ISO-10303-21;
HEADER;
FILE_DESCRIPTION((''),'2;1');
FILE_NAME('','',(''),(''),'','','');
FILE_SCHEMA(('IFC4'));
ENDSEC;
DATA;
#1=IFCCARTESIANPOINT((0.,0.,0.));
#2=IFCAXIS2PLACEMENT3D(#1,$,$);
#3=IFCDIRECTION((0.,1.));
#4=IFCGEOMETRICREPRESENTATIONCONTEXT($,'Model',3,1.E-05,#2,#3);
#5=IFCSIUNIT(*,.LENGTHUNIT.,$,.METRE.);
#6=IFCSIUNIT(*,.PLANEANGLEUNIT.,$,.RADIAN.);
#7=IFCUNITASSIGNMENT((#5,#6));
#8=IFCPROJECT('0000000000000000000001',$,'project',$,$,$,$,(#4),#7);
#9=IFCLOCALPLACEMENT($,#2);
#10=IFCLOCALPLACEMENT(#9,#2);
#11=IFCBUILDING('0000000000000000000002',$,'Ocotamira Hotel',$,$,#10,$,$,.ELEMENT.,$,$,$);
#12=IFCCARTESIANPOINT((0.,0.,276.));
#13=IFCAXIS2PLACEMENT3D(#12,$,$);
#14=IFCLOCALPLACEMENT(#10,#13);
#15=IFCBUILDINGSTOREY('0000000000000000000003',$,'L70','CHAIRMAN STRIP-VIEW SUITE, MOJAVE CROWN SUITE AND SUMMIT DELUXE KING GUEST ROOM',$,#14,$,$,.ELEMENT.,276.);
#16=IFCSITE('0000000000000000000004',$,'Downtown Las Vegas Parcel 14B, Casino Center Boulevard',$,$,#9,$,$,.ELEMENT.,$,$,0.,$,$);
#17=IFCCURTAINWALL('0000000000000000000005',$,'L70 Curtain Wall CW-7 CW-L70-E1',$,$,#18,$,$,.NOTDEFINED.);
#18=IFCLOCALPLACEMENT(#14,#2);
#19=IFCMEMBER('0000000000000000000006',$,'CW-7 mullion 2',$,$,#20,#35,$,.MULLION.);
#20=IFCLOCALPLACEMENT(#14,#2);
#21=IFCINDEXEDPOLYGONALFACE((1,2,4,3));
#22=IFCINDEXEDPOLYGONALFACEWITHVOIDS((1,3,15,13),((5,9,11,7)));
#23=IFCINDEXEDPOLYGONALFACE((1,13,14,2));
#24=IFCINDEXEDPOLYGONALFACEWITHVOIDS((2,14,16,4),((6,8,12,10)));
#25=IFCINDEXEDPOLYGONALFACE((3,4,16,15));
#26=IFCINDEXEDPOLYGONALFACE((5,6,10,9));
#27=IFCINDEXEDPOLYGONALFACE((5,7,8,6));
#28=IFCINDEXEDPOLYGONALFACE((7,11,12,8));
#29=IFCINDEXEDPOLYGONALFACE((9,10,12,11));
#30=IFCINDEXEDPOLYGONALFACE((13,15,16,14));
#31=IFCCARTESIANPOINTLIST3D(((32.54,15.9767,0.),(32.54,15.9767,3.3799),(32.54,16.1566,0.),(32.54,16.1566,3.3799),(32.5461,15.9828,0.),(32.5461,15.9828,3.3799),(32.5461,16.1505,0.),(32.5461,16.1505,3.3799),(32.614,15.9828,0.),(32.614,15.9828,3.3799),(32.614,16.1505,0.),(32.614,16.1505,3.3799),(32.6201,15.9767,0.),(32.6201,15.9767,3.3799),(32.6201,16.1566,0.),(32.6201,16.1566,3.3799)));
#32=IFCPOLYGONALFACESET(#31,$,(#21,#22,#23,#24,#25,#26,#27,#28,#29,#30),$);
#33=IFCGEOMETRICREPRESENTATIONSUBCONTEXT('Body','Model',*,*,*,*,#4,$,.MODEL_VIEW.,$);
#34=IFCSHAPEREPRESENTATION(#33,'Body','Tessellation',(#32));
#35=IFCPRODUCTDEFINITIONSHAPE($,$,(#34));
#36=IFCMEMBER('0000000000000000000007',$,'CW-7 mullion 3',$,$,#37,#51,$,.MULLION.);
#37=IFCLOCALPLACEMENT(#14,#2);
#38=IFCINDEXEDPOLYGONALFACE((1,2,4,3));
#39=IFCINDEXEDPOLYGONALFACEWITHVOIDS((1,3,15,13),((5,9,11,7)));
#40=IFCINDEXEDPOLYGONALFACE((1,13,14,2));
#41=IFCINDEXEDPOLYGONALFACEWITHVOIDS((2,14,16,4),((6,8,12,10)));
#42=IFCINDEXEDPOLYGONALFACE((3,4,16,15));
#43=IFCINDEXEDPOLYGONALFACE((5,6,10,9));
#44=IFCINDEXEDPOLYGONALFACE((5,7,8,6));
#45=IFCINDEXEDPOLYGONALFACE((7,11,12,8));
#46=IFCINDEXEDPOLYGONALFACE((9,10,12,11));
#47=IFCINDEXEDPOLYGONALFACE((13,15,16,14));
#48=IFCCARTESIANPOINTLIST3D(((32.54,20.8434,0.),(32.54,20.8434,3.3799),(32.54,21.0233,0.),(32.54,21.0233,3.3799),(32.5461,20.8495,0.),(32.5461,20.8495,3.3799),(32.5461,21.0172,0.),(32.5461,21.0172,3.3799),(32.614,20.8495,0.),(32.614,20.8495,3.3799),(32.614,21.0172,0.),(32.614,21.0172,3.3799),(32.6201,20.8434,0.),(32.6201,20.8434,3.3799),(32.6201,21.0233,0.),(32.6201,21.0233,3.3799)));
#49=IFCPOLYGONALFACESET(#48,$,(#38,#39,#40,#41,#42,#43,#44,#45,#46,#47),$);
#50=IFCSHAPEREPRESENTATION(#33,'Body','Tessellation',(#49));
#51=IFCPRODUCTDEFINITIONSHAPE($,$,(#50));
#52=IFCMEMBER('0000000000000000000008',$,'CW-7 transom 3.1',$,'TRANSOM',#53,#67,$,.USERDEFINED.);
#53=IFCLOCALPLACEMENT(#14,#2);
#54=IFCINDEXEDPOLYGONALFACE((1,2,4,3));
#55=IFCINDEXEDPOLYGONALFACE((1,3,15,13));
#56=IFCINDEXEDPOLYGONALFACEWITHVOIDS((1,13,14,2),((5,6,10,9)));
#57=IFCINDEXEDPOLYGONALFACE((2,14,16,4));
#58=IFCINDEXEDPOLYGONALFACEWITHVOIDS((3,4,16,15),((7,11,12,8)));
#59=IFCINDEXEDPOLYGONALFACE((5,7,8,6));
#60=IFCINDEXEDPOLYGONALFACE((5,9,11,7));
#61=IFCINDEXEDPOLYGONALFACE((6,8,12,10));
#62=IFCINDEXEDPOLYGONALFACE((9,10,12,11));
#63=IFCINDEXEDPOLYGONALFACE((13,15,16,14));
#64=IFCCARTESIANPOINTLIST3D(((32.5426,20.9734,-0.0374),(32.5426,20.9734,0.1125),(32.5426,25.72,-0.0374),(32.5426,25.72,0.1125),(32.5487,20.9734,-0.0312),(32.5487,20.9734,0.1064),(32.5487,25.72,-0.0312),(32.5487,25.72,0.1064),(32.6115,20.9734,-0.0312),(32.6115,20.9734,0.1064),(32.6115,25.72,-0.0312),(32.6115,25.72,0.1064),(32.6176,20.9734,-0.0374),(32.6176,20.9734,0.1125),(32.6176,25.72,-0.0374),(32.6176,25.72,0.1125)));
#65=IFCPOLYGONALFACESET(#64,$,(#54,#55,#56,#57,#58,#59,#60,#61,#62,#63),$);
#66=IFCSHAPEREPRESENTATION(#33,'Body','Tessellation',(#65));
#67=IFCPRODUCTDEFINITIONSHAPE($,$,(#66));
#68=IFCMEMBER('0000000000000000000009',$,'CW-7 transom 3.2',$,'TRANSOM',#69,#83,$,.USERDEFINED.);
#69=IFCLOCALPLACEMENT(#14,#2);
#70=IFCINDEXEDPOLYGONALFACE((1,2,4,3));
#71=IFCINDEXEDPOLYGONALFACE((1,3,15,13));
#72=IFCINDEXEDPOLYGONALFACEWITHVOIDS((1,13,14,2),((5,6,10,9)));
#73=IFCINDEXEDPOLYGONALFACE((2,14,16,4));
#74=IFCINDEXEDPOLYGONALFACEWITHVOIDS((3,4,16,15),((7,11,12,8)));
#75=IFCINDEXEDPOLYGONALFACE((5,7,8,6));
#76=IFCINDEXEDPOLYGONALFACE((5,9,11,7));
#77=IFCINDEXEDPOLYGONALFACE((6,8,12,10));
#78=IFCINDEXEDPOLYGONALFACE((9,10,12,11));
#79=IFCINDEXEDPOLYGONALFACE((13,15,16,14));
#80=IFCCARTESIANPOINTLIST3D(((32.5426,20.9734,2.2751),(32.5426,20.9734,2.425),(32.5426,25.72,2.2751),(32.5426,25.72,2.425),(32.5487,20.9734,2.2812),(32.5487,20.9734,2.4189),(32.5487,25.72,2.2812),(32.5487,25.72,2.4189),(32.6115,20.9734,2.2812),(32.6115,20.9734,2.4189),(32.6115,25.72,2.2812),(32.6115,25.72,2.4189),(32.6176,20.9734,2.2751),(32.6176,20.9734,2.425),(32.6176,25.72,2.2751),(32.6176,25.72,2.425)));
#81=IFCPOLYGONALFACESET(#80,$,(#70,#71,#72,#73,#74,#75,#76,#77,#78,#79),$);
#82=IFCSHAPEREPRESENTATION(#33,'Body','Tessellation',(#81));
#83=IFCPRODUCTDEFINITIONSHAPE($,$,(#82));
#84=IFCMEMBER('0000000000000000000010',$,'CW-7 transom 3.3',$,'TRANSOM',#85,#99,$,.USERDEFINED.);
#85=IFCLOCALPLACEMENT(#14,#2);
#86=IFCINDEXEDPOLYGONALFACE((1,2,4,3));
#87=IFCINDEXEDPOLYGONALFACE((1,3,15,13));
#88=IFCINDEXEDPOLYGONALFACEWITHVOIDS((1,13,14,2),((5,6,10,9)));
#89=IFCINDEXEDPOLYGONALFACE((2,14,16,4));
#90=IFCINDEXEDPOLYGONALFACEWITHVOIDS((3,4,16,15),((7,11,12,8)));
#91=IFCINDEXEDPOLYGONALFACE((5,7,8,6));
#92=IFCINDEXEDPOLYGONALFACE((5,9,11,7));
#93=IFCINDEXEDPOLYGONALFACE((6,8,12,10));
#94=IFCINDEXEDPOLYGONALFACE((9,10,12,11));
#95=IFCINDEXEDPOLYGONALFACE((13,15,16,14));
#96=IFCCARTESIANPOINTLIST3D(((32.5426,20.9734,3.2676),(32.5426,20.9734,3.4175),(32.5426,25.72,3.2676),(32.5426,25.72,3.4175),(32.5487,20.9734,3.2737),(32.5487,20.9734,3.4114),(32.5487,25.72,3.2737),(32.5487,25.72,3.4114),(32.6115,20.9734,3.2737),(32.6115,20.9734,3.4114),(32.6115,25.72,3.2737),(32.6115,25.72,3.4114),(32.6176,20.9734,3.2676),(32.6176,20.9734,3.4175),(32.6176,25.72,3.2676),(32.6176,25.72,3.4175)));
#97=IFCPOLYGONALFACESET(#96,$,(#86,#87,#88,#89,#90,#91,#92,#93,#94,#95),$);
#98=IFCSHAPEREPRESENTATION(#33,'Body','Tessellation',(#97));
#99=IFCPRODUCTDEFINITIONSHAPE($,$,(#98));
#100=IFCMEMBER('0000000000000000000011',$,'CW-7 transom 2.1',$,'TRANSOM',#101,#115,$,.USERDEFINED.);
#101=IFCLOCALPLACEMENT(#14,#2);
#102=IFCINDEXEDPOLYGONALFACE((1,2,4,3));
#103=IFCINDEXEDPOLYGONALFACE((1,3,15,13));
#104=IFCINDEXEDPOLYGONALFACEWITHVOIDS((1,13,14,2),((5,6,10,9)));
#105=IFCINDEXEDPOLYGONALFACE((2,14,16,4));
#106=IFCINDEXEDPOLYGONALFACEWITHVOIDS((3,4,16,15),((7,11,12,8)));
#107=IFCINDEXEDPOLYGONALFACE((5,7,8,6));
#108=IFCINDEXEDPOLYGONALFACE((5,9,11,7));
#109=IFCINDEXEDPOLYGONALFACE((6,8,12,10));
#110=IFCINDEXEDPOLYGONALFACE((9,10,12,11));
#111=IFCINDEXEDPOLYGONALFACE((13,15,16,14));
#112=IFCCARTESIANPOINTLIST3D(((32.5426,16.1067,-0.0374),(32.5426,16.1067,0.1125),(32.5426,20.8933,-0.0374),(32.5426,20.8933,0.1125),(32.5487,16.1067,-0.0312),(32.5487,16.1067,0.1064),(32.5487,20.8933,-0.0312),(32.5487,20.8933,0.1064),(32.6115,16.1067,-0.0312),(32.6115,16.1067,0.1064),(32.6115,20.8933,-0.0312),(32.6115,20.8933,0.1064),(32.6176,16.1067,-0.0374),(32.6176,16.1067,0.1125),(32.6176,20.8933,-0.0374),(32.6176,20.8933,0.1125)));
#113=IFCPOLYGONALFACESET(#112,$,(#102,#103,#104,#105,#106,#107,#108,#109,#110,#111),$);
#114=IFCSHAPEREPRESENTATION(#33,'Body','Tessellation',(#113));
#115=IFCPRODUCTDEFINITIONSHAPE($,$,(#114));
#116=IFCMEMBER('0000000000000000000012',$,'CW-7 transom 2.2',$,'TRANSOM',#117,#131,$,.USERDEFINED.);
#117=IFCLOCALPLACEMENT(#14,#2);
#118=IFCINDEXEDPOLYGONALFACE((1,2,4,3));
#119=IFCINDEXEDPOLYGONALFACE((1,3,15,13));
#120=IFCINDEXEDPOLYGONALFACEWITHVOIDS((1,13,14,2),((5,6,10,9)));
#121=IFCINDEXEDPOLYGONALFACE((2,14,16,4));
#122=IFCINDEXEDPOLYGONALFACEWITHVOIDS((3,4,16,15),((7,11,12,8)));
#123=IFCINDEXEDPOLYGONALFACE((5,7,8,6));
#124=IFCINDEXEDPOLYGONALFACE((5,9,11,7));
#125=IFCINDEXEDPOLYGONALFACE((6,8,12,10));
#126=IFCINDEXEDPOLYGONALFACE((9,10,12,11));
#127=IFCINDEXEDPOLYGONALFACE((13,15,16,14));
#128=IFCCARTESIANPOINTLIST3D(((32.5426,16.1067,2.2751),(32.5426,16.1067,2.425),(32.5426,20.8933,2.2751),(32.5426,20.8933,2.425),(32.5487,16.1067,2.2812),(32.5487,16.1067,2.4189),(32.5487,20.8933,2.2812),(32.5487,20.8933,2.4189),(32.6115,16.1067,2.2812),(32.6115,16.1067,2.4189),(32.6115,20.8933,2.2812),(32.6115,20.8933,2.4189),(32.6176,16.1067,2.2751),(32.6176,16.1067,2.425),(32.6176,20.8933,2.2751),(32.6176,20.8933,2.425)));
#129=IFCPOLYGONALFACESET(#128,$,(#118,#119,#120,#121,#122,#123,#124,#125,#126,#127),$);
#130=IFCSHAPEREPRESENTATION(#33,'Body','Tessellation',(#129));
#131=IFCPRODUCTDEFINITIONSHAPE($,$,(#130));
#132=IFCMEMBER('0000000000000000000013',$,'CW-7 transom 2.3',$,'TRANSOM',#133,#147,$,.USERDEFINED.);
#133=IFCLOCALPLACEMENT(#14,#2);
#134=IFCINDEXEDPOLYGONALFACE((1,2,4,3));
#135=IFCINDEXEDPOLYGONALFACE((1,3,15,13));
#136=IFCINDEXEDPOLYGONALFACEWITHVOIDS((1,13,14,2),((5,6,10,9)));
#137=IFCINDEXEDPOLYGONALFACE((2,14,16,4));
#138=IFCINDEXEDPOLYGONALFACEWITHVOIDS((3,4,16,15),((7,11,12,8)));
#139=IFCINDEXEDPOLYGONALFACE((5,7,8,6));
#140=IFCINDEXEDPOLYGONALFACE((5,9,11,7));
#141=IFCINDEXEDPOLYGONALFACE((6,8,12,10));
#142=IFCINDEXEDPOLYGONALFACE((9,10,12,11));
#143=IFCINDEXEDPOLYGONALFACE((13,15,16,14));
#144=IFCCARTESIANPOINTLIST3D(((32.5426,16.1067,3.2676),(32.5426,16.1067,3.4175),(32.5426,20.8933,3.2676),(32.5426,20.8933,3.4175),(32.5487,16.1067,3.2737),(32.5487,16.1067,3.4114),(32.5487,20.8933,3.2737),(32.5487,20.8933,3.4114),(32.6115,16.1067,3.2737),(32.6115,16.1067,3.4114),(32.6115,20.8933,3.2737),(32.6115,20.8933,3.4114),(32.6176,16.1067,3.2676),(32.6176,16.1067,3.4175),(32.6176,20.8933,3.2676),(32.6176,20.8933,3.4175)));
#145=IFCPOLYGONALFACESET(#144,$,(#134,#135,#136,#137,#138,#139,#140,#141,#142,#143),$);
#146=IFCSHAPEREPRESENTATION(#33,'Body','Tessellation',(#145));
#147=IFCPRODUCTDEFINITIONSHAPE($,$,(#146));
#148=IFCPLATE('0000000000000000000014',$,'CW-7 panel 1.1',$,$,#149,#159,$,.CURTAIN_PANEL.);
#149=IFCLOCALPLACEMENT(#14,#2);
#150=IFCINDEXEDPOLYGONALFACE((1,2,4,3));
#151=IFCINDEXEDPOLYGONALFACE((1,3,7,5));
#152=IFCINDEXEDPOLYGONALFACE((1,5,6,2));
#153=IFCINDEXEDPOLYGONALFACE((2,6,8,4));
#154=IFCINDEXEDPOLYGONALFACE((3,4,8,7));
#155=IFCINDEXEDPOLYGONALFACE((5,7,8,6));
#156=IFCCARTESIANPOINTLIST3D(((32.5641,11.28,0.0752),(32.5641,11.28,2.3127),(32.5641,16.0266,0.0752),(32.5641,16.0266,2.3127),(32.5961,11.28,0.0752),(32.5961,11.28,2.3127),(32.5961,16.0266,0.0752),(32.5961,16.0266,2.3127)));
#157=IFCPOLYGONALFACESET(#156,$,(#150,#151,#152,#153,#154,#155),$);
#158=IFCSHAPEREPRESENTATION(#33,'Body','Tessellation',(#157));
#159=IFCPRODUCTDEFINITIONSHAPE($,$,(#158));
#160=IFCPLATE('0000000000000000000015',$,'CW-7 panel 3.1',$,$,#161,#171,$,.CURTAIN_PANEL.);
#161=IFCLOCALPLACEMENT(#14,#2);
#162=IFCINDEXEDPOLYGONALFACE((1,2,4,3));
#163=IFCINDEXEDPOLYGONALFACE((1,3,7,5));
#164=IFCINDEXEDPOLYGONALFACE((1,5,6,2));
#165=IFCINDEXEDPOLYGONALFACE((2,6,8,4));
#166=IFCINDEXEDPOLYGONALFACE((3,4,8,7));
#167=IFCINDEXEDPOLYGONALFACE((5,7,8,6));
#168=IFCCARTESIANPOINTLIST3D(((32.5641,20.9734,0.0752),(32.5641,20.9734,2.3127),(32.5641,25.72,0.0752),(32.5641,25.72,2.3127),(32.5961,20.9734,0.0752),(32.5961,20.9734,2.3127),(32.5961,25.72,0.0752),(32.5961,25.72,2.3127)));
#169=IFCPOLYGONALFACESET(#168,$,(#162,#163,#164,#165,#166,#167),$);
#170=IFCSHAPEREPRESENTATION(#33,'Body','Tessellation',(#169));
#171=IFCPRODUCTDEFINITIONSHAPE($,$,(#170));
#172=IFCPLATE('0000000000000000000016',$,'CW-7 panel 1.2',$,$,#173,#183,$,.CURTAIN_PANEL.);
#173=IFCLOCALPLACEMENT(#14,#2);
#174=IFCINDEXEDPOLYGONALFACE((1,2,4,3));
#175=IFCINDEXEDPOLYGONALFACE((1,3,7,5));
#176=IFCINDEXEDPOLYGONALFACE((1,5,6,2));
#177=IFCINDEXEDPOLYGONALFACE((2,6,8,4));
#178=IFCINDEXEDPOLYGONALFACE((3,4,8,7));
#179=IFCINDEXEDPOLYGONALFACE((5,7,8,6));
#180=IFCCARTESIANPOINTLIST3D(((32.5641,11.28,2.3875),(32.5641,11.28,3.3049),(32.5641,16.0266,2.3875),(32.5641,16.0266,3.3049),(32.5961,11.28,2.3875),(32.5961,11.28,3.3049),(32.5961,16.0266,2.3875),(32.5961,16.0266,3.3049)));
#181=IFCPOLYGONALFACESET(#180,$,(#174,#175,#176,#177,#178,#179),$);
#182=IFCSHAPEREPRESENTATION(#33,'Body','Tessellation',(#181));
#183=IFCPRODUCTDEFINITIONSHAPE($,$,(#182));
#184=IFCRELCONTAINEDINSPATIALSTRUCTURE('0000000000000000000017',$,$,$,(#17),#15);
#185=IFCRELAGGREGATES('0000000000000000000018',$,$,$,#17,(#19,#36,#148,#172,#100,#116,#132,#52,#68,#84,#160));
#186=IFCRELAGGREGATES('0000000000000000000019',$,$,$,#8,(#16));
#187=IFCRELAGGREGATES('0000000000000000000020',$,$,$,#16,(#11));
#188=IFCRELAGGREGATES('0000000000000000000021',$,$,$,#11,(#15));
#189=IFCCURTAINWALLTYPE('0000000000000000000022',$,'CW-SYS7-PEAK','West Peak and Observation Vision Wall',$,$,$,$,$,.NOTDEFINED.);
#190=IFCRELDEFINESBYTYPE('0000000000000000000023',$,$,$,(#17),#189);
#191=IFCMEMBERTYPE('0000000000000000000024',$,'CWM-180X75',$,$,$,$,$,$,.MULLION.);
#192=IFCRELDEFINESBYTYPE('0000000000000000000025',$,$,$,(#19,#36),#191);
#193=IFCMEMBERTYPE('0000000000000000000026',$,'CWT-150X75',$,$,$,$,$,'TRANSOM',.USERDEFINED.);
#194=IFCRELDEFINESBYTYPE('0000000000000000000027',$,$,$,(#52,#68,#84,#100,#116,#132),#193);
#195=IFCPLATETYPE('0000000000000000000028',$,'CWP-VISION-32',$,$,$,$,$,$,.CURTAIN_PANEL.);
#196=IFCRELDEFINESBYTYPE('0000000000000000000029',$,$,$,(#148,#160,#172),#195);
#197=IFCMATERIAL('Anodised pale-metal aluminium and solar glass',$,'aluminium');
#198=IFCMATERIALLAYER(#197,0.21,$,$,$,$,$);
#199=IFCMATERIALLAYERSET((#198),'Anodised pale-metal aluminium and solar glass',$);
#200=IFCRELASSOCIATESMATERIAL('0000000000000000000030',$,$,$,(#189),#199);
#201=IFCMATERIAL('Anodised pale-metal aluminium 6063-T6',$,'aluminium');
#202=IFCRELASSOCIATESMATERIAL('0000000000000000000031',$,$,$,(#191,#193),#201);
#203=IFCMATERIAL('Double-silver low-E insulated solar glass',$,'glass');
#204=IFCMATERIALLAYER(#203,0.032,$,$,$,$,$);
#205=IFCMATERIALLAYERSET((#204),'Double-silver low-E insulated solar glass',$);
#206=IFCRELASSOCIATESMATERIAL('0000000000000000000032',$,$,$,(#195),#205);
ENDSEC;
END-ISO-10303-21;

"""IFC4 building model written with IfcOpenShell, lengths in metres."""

from ifc_helpers import new_model, si_unit, direction, frame, origin, origin_2d, place, context, subcontext, project, spatial, rectangle, hollow_rectangle, extrude, source, transform, mapped, material, layer, layer_set, material_profile, profile_set, type_object, element, aggregate, save


model = new_model("IFC4")

# Units and contexts
model_context = context("Model", 3, precision=1e-05, world=origin(), true_north=direction((0.0, 1.0)))
body_context = subcontext(model_context, "Body", "Model", "MODEL_VIEW")
ifc_project = project(units=[si_unit("LENGTHUNIT", "METRE"), si_unit("PLANEANGLEUNIT", "RADIAN")], contexts=[model_context])

# Site, building, storey
site_placement = place(None, origin())
site = spatial("IfcSite", under=ifc_project, at=site_placement, Name="Downtown Las Vegas Parcel 14B, Casino Center Boulevard", CompositionType="ELEMENT", RefElevation=0.0)
building_placement = place(site_placement, origin())
building = spatial("IfcBuilding", under=site, at=building_placement, Name="Ocotamira Hotel", CompositionType="ELEMENT")
storey_placement = place(building_placement, frame((0.0, 0.0, 276.0)))
storey = spatial("IfcBuildingStorey", under=building, at=storey_placement, Name="L70", Description="CHAIRMAN STRIP-VIEW SUITE, MOJAVE CROWN SUITE AND SUMMIT DELUXE KING GUEST ROOM", CompositionType="ELEMENT", Elevation=276.0)

# Curtain wall, members, plates
ifc_material_1 = material(Name="Anodised pale-metal aluminium and solar glass", Category="aluminium")
ifc_layer_1 = layer(ifc_material_1, 0.21)
ifc_layer_set_1 = layer_set([ifc_layer_1], Name="Anodised pale-metal aluminium and solar glass")
curtain_wall_type = type_object("IfcCurtainWallType", Name="CW-SYS7-PEAK", Description="West Peak and Observation Vision Wall", PredefinedType="NOTDEFINED", material=ifc_layer_set_1)
curtain_wall_placement = place(storey_placement, origin())
curtain_wall = element("IfcCurtainWall", 1, at=curtain_wall_placement, inside=storey, type_object=curtain_wall_type, Name="L70 Curtain Wall CW-7 CW-L70-E1", PredefinedType="NOTDEFINED")
ifc_material_2 = material(Name="Anodised pale-metal aluminium 6063-T6", Category="aluminium")
ifc_material_profile_1 = material_profile(ifc_material_2, hollow_rectangle(XDim=0.0801, YDim=0.1799, WallThickness=0.0061, at=origin_2d()), Name="HSS180X80X6")
ifc_profile_set_1 = profile_set([ifc_material_profile_1], Name="Anodised pale-metal aluminium 6063-T6")
member_type_1 = type_object("IfcMemberType", Name="CWM-180X75", PredefinedType="MULLION", material=ifc_profile_set_1)
shared_shape_1 = source(origin(), body_context, "Body", "SweptSolid", [
    extrude(hollow_rectangle(XDim=0.0801, YDim=0.1799, WallThickness=0.0061, at=origin_2d()), origin(), (0.0, 0.0, 1.0), 3.3799),
])
member_1_placement = place(storey_placement, frame((32.5801, 16.0667, 0.0), z_axis=(0.0, 0.0, 1.0), x_axis=(-1.0, 0.0, 0.0)))
member_1 = element("IfcMember", 2, at=member_1_placement, type_object=member_type_1, Name="CW-7 mullion 2", PredefinedType="MULLION", context=body_context, shape_type="MappedRepresentation", body=[
    mapped(shared_shape_1, transform((0.0, 0.0, 0.0), scale=1.0)),
])
member_2_placement = place(storey_placement, frame((32.5801, 20.9333, 0.0), z_axis=(0.0, 0.0, 1.0), x_axis=(-1.0, 0.0, 0.0)))
member_2 = element("IfcMember", 3, at=member_2_placement, type_object=member_type_1, Name="CW-7 mullion 3", PredefinedType="MULLION", context=body_context, shape_type="MappedRepresentation", body=[
    mapped(shared_shape_1, transform((0.0, 0.0, 0.0), scale=1.0)),
])
ifc_material_profile_2 = material_profile(ifc_material_2, hollow_rectangle(XDim=0.075, YDim=0.1499, WallThickness=0.0061, at=origin_2d()), Name="HSS150X75X6")
ifc_profile_set_2 = profile_set([ifc_material_profile_2], Name="Anodised pale-metal aluminium 6063-T6")
member_type_2 = type_object("IfcMemberType", Name="CWT-150X75", ElementType="TRANSOM", PredefinedType="USERDEFINED", material=ifc_profile_set_2)
shared_shape_2 = source(origin(), body_context, "Body", "SweptSolid", [
    extrude(hollow_rectangle(XDim=0.075, YDim=0.1499, WallThickness=0.0061, at=origin_2d()), origin(), (0.0, 0.0, 1.0), 4.7466),
])
member_3_placement = place(storey_placement, frame((32.5801, 20.9734, 0.0376), z_axis=(0.0, 1.0, 0.0), x_axis=(-1.0, 0.0, 0.0)))
member_3 = element("IfcMember", 4, at=member_3_placement, type_object=member_type_2, Name="CW-7 transom 3.1", ObjectType="TRANSOM", PredefinedType="USERDEFINED", context=body_context, shape_type="MappedRepresentation", body=[
    mapped(shared_shape_2, transform((0.0, 0.0, 0.0), scale=1.0)),
])
member_4_placement = place(storey_placement, frame((32.5801, 20.9734, 2.3501), z_axis=(0.0, 1.0, 0.0), x_axis=(-1.0, 0.0, 0.0)))
member_4 = element("IfcMember", 5, at=member_4_placement, type_object=member_type_2, Name="CW-7 transom 3.2", ObjectType="TRANSOM", PredefinedType="USERDEFINED", context=body_context, shape_type="MappedRepresentation", body=[
    mapped(shared_shape_2, transform((0.0, 0.0, 0.0), scale=1.0)),
])
member_5_placement = place(storey_placement, frame((32.5801, 20.9734, 3.3425), z_axis=(0.0, 1.0, 0.0), x_axis=(-1.0, 0.0, 0.0)))
member_5 = element("IfcMember", 6, at=member_5_placement, type_object=member_type_2, Name="CW-7 transom 3.3", ObjectType="TRANSOM", PredefinedType="USERDEFINED", context=body_context, shape_type="MappedRepresentation", body=[
    mapped(shared_shape_2, transform((0.0, 0.0, 0.0), scale=1.0)),
])
shared_shape_3 = source(origin(), body_context, "Body", "SweptSolid", [
    extrude(hollow_rectangle(XDim=0.075, YDim=0.1499, WallThickness=0.0061, at=origin_2d()), origin(), (0.0, 0.0, 1.0), 4.7866),
])
member_6_placement = place(storey_placement, frame((32.5801, 16.1067, 0.0376), z_axis=(0.0, 1.0, 0.0), x_axis=(-1.0, 0.0, 0.0)))
member_6 = element("IfcMember", 7, at=member_6_placement, type_object=member_type_2, Name="CW-7 transom 2.1", ObjectType="TRANSOM", PredefinedType="USERDEFINED", context=body_context, shape_type="MappedRepresentation", body=[
    mapped(shared_shape_3, transform((0.0, 0.0, 0.0), scale=1.0)),
])
member_7_placement = place(storey_placement, frame((32.5801, 16.1067, 2.3501), z_axis=(0.0, 1.0, 0.0), x_axis=(-1.0, 0.0, 0.0)))
member_7 = element("IfcMember", 8, at=member_7_placement, type_object=member_type_2, Name="CW-7 transom 2.2", ObjectType="TRANSOM", PredefinedType="USERDEFINED", context=body_context, shape_type="MappedRepresentation", body=[
    mapped(shared_shape_3, transform((0.0, 0.0, 0.0), scale=1.0)),
])
member_8_placement = place(storey_placement, frame((32.5801, 16.1067, 3.3425), z_axis=(0.0, 1.0, 0.0), x_axis=(-1.0, 0.0, 0.0)))
member_8 = element("IfcMember", 9, at=member_8_placement, type_object=member_type_2, Name="CW-7 transom 2.3", ObjectType="TRANSOM", PredefinedType="USERDEFINED", context=body_context, shape_type="MappedRepresentation", body=[
    mapped(shared_shape_3, transform((0.0, 0.0, 0.0), scale=1.0)),
])
ifc_material_3 = material(Name="Double-silver low-E insulated solar glass", Category="glass")
ifc_layer_2 = layer(ifc_material_3, 0.032)
ifc_layer_set_2 = layer_set([ifc_layer_2], Name="Double-silver low-E insulated solar glass")
plate_type = type_object("IfcPlateType", Name="CWP-VISION-32", PredefinedType="CURTAIN_PANEL", material=ifc_layer_set_2)
shared_shape_4 = source(origin(), body_context, "Body", "SweptSolid", [
    extrude(rectangle(XDim=4.7466, YDim=0.032, at=origin_2d()), origin(), (0.0, 0.0, 1.0), 2.2375),
])
plate_1_placement = place(storey_placement, frame((32.5801, 13.6533, 0.0752), z_axis=(0.0, 0.0, 1.0), x_axis=(0.0, 1.0, 0.0)))
plate_1 = element("IfcPlate", 10, at=plate_1_placement, type_object=plate_type, Name="CW-7 panel 1.1", PredefinedType="CURTAIN_PANEL", context=body_context, shape_type="MappedRepresentation", body=[
    mapped(shared_shape_4, transform((0.0, 0.0, 0.0), scale=1.0)),
])
plate_2_placement = place(storey_placement, frame((32.5801, 23.3467, 0.0752), z_axis=(0.0, 0.0, 1.0), x_axis=(0.0, 1.0, 0.0)))
plate_2 = element("IfcPlate", 11, at=plate_2_placement, type_object=plate_type, Name="CW-7 panel 3.1", PredefinedType="CURTAIN_PANEL", context=body_context, shape_type="MappedRepresentation", body=[
    mapped(shared_shape_4, transform((0.0, 0.0, 0.0), scale=1.0)),
])
shared_shape_5 = source(origin(), body_context, "Body", "SweptSolid", [
    extrude(rectangle(XDim=4.7466, YDim=0.032, at=origin_2d()), origin(), (0.0, 0.0, 1.0), 0.9175),
])
plate_3_placement = place(storey_placement, frame((32.5801, 13.6533, 2.3875), z_axis=(0.0, 0.0, 1.0), x_axis=(0.0, 1.0, 0.0)))
plate_3 = element("IfcPlate", 12, at=plate_3_placement, type_object=plate_type, Name="CW-7 panel 1.2", PredefinedType="CURTAIN_PANEL", context=body_context, shape_type="MappedRepresentation", body=[
    mapped(shared_shape_5, transform((0.0, 0.0, 0.0), scale=1.0)),
])
aggregate(curtain_wall, [member_1, member_2, plate_1, plate_3, member_6, member_7, member_8, member_3, member_4, member_5, plate_2])

save(model, "model.ifc")
